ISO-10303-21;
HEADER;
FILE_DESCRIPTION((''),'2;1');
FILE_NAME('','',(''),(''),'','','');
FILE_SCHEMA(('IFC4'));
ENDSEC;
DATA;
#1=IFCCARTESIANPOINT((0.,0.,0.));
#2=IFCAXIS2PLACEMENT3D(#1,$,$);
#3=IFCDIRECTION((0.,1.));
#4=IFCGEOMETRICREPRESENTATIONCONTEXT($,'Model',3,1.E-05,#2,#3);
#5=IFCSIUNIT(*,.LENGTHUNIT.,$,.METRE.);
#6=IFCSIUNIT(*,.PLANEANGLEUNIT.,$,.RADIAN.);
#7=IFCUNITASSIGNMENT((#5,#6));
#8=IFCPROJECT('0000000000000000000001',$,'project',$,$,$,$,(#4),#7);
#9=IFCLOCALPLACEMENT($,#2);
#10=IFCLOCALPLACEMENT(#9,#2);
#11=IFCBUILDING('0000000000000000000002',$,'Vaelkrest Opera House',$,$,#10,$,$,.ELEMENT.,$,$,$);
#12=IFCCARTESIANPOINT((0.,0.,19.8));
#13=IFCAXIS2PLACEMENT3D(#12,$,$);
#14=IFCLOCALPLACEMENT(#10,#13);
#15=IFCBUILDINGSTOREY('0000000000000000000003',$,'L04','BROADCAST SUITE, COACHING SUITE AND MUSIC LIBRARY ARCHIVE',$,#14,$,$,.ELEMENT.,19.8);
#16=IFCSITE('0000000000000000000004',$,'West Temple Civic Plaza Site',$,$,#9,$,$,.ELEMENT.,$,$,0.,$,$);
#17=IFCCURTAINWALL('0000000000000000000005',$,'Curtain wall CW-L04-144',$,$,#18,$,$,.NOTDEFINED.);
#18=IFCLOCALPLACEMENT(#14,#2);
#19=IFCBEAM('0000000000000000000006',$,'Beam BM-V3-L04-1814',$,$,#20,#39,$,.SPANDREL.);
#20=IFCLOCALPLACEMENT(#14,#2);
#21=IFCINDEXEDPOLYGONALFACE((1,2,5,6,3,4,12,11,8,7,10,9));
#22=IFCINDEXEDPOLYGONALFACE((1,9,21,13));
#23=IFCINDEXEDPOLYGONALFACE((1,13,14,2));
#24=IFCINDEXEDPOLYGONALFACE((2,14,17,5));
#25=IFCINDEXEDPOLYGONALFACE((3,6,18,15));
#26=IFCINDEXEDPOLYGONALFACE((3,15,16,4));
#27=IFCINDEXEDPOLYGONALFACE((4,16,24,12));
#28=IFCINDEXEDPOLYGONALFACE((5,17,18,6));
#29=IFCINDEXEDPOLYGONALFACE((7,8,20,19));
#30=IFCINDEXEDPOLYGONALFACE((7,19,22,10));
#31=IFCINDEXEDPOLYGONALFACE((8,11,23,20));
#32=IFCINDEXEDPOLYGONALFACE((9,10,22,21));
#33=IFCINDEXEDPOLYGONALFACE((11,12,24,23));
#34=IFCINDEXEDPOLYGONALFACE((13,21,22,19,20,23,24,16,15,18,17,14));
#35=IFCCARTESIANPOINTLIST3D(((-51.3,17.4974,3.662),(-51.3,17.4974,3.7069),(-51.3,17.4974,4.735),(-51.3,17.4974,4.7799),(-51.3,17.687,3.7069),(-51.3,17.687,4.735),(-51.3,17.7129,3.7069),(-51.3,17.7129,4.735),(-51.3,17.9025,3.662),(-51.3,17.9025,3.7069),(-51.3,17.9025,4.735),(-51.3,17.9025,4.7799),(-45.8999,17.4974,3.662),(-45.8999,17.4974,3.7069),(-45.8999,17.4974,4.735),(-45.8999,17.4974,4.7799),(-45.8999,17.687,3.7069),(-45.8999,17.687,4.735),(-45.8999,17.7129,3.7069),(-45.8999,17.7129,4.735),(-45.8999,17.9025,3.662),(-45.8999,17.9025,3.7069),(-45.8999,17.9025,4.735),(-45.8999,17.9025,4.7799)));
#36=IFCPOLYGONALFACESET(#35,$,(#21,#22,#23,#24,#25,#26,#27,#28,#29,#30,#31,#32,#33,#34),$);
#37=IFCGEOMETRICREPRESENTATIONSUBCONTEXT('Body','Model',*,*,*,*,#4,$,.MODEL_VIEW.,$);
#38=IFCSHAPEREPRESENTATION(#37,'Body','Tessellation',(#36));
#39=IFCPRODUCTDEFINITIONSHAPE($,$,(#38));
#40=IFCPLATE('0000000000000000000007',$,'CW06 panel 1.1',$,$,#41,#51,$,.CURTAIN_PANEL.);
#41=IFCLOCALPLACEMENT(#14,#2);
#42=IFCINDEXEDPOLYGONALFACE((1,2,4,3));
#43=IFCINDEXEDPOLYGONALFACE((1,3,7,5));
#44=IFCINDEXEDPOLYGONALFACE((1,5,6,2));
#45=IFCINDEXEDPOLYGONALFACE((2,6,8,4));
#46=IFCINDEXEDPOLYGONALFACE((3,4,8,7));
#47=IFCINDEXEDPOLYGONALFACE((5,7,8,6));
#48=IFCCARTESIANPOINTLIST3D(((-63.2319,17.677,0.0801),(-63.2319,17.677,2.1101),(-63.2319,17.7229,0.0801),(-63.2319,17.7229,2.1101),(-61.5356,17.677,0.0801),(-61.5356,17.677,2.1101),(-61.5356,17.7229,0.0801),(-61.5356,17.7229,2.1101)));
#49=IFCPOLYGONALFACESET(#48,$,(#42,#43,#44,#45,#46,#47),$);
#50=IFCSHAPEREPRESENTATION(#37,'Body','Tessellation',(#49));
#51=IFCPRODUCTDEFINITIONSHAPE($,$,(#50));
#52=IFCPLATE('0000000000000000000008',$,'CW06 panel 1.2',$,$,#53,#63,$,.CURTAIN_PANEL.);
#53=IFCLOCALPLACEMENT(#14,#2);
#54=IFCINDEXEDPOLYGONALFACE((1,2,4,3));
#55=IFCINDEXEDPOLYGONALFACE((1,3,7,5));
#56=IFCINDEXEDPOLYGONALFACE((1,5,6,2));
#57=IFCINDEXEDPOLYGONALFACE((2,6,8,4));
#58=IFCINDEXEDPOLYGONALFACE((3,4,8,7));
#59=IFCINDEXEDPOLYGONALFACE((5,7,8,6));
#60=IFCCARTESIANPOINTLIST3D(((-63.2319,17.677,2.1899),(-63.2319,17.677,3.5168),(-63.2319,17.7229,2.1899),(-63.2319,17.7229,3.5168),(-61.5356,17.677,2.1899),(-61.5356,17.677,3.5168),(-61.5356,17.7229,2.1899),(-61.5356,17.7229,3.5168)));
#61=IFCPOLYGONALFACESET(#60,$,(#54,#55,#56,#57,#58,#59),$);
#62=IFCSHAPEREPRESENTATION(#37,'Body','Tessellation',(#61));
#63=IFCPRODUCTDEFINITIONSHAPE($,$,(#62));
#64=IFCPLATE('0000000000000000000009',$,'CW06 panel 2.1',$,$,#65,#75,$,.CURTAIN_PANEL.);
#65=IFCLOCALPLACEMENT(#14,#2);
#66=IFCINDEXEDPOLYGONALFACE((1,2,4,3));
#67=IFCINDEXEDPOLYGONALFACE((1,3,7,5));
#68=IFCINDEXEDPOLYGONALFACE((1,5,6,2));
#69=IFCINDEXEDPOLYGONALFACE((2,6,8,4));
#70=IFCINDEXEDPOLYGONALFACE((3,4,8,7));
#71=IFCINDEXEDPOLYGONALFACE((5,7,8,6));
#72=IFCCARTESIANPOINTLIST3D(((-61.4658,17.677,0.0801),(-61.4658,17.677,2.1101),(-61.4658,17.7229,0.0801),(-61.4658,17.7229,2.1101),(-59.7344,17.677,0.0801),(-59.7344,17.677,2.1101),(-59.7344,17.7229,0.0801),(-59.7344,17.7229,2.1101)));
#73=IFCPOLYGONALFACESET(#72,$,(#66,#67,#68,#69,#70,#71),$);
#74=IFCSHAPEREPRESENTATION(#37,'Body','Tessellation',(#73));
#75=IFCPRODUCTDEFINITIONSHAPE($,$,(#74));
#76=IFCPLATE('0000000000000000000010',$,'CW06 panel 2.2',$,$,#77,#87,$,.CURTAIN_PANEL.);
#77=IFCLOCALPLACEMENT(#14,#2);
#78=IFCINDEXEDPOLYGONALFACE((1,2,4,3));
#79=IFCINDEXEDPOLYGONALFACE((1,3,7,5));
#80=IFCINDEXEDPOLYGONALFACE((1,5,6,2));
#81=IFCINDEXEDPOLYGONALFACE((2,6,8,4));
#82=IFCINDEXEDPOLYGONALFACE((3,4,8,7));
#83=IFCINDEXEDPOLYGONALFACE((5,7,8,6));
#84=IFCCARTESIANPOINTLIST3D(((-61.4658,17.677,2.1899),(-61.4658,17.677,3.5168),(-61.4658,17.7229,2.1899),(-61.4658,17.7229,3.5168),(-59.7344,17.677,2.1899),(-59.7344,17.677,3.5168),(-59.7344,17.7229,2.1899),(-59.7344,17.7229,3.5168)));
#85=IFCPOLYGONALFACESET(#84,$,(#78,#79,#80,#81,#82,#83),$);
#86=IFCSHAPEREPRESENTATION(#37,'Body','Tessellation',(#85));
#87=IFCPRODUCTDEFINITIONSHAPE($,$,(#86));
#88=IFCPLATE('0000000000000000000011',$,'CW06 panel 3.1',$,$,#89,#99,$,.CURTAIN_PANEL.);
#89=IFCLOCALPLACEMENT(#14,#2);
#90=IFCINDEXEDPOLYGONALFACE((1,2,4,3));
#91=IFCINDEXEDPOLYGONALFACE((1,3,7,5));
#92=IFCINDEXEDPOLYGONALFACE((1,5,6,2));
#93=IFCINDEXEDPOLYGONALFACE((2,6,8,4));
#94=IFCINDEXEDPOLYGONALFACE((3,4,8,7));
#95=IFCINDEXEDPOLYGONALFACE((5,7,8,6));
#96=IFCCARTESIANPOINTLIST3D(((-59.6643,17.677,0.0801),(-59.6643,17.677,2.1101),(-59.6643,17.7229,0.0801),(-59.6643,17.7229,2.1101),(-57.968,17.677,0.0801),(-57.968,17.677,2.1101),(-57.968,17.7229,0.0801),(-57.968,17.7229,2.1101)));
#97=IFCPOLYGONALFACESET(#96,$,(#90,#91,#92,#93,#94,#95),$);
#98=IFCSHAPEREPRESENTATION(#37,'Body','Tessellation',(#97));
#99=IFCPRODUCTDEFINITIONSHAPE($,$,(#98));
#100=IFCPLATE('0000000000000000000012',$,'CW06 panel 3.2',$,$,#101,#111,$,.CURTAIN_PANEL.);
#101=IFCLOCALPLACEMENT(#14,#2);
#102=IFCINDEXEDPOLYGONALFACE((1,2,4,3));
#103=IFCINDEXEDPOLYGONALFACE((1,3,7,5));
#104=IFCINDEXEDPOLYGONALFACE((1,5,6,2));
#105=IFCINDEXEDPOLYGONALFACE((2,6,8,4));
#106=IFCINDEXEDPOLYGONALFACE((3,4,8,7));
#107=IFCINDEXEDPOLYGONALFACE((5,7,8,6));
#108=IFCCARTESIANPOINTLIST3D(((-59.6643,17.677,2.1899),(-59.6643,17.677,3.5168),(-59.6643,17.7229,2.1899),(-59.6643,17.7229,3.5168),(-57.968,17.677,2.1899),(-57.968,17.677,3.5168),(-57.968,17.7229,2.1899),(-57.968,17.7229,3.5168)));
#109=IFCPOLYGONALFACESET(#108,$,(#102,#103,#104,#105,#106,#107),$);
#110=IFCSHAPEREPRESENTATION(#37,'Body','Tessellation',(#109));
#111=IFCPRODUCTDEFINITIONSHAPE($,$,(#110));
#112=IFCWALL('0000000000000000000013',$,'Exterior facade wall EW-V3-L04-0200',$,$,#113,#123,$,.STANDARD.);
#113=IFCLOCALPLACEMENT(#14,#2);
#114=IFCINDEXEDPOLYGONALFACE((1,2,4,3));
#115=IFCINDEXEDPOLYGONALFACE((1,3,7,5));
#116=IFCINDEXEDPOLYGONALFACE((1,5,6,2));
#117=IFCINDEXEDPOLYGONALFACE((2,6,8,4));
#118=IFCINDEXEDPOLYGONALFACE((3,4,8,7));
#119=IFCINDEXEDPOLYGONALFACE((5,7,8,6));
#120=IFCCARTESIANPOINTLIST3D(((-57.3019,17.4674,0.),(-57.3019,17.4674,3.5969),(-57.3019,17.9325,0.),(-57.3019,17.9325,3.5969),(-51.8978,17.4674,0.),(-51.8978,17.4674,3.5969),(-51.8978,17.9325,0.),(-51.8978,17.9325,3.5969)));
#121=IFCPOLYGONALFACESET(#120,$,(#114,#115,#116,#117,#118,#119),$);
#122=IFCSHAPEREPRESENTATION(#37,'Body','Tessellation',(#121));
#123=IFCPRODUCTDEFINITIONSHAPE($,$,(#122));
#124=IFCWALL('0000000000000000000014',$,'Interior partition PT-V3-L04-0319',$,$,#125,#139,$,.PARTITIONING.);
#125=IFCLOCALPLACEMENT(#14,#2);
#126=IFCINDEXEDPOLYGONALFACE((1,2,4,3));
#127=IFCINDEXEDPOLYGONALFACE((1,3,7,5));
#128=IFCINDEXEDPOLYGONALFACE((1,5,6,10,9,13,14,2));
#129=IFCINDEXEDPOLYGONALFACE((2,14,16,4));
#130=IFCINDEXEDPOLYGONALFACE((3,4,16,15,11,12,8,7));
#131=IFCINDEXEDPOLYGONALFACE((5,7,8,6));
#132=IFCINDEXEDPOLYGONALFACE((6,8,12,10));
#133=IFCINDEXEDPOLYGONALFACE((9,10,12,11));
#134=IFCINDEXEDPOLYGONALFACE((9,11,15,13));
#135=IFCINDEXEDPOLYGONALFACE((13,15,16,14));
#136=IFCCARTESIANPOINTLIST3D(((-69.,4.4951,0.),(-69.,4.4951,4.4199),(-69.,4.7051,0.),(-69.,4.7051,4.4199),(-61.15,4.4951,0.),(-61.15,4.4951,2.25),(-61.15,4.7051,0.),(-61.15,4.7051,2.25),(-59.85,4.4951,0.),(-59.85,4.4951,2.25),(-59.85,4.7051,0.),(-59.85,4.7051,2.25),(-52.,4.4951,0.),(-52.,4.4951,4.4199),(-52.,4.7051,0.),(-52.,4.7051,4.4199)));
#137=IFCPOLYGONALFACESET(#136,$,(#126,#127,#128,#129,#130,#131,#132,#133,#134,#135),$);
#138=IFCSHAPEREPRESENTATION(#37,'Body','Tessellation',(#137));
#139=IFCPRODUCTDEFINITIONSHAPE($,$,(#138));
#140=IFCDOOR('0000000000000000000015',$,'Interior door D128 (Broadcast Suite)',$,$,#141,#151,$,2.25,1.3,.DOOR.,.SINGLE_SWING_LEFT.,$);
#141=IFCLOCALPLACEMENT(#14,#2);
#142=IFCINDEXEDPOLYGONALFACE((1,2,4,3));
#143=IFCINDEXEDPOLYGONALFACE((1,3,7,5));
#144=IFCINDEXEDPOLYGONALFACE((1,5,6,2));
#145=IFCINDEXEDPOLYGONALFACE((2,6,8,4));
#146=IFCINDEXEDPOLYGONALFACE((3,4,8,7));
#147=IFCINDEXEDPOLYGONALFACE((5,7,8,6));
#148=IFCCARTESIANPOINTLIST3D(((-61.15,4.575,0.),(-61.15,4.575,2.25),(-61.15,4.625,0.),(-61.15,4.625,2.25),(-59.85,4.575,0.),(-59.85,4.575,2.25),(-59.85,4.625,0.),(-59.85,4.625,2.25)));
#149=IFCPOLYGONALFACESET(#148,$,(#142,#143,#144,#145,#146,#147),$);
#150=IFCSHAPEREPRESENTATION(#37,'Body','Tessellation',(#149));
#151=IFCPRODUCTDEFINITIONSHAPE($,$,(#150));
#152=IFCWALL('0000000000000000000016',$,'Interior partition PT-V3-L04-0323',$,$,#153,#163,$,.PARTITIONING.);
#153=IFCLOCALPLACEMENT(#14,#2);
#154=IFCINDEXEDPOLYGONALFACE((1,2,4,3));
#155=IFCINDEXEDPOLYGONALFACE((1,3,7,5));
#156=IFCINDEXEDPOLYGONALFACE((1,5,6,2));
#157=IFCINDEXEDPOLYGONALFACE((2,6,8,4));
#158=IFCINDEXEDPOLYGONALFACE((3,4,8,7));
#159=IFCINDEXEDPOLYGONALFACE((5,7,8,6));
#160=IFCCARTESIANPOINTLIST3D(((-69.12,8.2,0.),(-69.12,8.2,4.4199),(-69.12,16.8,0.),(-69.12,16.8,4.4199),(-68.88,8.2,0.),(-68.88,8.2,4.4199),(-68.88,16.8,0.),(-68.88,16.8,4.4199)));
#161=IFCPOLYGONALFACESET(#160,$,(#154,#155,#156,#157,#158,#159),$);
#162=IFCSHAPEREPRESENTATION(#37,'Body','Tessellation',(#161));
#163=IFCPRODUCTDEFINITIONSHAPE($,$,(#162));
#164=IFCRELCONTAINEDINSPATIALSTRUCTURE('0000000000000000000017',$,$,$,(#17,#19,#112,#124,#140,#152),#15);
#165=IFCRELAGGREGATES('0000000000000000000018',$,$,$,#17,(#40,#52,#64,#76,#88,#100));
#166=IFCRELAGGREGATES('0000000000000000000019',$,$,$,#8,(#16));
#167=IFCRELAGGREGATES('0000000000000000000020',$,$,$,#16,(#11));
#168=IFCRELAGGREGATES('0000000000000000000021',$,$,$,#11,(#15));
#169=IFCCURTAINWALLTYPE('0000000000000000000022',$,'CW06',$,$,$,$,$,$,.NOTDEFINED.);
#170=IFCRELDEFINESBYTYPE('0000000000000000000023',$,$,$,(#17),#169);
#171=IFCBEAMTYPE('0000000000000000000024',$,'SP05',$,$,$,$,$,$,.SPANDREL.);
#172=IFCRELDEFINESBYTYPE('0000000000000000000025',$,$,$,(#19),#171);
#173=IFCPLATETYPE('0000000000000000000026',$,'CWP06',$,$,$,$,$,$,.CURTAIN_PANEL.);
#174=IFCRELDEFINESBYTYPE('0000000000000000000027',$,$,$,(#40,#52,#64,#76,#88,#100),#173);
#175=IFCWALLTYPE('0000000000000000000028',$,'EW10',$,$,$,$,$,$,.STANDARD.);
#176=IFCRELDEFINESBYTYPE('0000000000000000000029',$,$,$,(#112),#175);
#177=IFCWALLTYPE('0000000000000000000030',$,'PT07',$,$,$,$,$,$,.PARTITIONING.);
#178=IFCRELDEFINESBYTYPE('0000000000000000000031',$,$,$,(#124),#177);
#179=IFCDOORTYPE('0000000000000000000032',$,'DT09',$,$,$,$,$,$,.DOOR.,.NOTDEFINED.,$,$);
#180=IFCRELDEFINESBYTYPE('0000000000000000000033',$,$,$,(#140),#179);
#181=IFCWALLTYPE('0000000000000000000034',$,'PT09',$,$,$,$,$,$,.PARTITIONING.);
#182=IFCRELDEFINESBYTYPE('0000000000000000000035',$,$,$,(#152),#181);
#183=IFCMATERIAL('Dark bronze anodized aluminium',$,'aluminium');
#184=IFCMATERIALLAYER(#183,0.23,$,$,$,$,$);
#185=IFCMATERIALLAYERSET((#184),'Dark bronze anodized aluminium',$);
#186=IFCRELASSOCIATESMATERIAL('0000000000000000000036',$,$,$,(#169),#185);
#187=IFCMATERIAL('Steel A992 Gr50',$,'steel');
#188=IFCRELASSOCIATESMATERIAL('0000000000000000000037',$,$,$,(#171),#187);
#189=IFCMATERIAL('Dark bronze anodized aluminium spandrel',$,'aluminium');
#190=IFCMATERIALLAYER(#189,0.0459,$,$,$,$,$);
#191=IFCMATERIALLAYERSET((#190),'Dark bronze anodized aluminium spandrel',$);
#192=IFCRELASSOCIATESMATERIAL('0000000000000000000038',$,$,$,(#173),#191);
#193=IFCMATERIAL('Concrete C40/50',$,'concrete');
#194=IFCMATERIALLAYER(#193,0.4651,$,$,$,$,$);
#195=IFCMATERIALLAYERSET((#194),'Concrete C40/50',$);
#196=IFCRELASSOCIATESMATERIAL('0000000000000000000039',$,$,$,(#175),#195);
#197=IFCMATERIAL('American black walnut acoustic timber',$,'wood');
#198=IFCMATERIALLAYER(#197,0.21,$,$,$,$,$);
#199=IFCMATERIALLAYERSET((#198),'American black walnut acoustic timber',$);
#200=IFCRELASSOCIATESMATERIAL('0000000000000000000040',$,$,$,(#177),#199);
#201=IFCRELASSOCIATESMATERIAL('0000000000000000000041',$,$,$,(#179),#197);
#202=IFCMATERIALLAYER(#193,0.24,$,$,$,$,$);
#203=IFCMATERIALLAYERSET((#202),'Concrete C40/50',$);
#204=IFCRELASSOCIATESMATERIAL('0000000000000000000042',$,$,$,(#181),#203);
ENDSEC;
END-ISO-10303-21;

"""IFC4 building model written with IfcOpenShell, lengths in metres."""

from ifc_helpers import new_model, si_unit, direction, frame, frame_2d, origin, origin_2d, place, context, subcontext, project, spatial, rectangle, i_section, extrude, material, layer, layer_set, material_profile, profile_set, type_object, element, fill, aggregate, save


model = new_model("IFC4")

# Units and contexts
model_context = context("Model", 3, precision=1e-05, world=origin(), true_north=direction((0.0, 1.0)))
body_context = subcontext(model_context, "Body", "Model", "MODEL_VIEW")
ifc_project = project(units=[si_unit("LENGTHUNIT", "METRE"), si_unit("PLANEANGLEUNIT", "RADIAN")], contexts=[model_context])

# Site, building, storey
site_placement = place(None, origin())
site = spatial("IfcSite", under=ifc_project, at=site_placement, Name="West Temple Civic Plaza Site", CompositionType="ELEMENT", RefElevation=0.0)
building_placement = place(site_placement, origin())
building = spatial("IfcBuilding", under=site, at=building_placement, Name="Vaelkrest Opera House", CompositionType="ELEMENT")
storey_placement = place(building_placement, frame((0.0, 0.0, 19.8)))
storey = spatial("IfcBuildingStorey", under=building, at=storey_placement, Name="L04", Description="BROADCAST SUITE, COACHING SUITE AND MUSIC LIBRARY ARCHIVE", CompositionType="ELEMENT", Elevation=19.8)

# Curtain wall
ifc_material_1 = material(Name="Dark bronze anodized aluminium", Category="aluminium")
ifc_layer_1 = layer(ifc_material_1, 0.23)
ifc_layer_set_1 = layer_set([ifc_layer_1], Name="Dark bronze anodized aluminium")
curtain_wall_type_1 = type_object("IfcCurtainWallType", Name="CW06", PredefinedType="NOTDEFINED", material=ifc_layer_set_1)
curtain_wall_1_placement = place(storey_placement, origin())
curtain_wall_1 = element("IfcCurtainWall", 1, at=curtain_wall_1_placement, inside=storey, type_object=curtain_wall_type_1, Name="Curtain wall CW-L04-144", PredefinedType="NOTDEFINED")

# Beam
ifc_material_2 = material(Name="Steel A992 Gr50", Category="steel")
ifc_material_profile_1 = material_profile(ifc_material_2, i_section(OverallWidth=0.405, OverallDepth=1.1179, WebThickness=0.0259, FlangeThickness=0.0449, at=origin_2d()), Name="W44X335")
ifc_profile_set_1 = profile_set([ifc_material_profile_1], Name="Steel A992 Gr50")
beam_type = type_object("IfcBeamType", Name="SP05", PredefinedType="SPANDREL", material=ifc_profile_set_1)
for number, where, z_axis, x_axis, name in (
    (2, (-51.3, 17.7, 4.2209), (1.0, 0.0, 0.0), (0.0, 1.0, 0.0), "Beam BM-V3-L04-1814"),
):
    element("IfcBeam", number, at=place(storey_placement, frame(where, z_axis=z_axis, x_axis=x_axis)), inside=storey, type_object=beam_type, Name=name, PredefinedType="SPANDREL", context=body_context, shape_type="SweptSolid", body=[
        extrude(i_section(OverallWidth=0.405, OverallDepth=1.1179, WebThickness=0.0259, FlangeThickness=0.0449, at=origin_2d()), origin(), (0.0, 0.0, 1.0), 5.4001),
    ])

# Plates
ifc_material_3 = material(Name="Dark bronze anodized aluminium spandrel", Category="aluminium")
ifc_layer_2 = layer(ifc_material_3, 0.0459)
ifc_layer_set_2 = layer_set([ifc_layer_2], Name="Dark bronze anodized aluminium spandrel")
plate_type = type_object("IfcPlateType", Name="CWP06", PredefinedType="CURTAIN_PANEL", material=ifc_layer_set_2)
plate_1_placement = place(storey_placement, frame((-62.3838, 17.7, 0.0801), z_axis=(0.0, 0.0, 1.0), x_axis=(1.0, 0.0, 0.0)))
plate_1 = element("IfcPlate", 3, at=plate_1_placement, type_object=plate_type, Name="CW06 panel 1.1", PredefinedType="CURTAIN_PANEL", context=body_context, shape_type="SweptSolid", body=[
    extrude(rectangle(XDim=1.6963, YDim=0.0459, at=origin_2d()), origin(), (0.0, 0.0, 1.0), 2.03),
])
plate_2_placement = place(storey_placement, frame((-62.3838, 17.7, 2.1899), z_axis=(0.0, 0.0, 1.0), x_axis=(1.0, 0.0, 0.0)))
plate_2 = element("IfcPlate", 4, at=plate_2_placement, type_object=plate_type, Name="CW06 panel 1.2", PredefinedType="CURTAIN_PANEL", context=body_context, shape_type="SweptSolid", body=[
    extrude(rectangle(XDim=1.6963, YDim=0.0459, at=origin_2d()), origin(), (0.0, 0.0, 1.0), 1.3269),
])
plate_3_placement = place(storey_placement, frame((-60.6001, 17.7, 0.0801), z_axis=(0.0, 0.0, 1.0), x_axis=(1.0, 0.0, 0.0)))
plate_3 = element("IfcPlate", 5, at=plate_3_placement, type_object=plate_type, Name="CW06 panel 2.1", PredefinedType="CURTAIN_PANEL", context=body_context, shape_type="SweptSolid", body=[
    extrude(rectangle(XDim=1.7314, YDim=0.0459, at=origin_2d()), origin(), (0.0, 0.0, 1.0), 2.03),
])
plate_4_placement = place(storey_placement, frame((-60.6001, 17.7, 2.1899), z_axis=(0.0, 0.0, 1.0), x_axis=(1.0, 0.0, 0.0)))
plate_4 = element("IfcPlate", 6, at=plate_4_placement, type_object=plate_type, Name="CW06 panel 2.2", PredefinedType="CURTAIN_PANEL", context=body_context, shape_type="SweptSolid", body=[
    extrude(rectangle(XDim=1.7314, YDim=0.0459, at=origin_2d()), origin(), (0.0, 0.0, 1.0), 1.3269),
])
plate_5_placement = place(storey_placement, frame((-58.8162, 17.7, 0.0801), z_axis=(0.0, 0.0, 1.0), x_axis=(1.0, 0.0, 0.0)))
plate_5 = element("IfcPlate", 7, at=plate_5_placement, type_object=plate_type, Name="CW06 panel 3.1", PredefinedType="CURTAIN_PANEL", context=body_context, shape_type="SweptSolid", body=[
    extrude(rectangle(XDim=1.6963, YDim=0.0459, at=origin_2d()), origin(), (0.0, 0.0, 1.0), 2.03),
])
plate_6_placement = place(storey_placement, frame((-58.8162, 17.7, 2.1899), z_axis=(0.0, 0.0, 1.0), x_axis=(1.0, 0.0, 0.0)))
plate_6 = element("IfcPlate", 8, at=plate_6_placement, type_object=plate_type, Name="CW06 panel 3.2", PredefinedType="CURTAIN_PANEL", context=body_context, shape_type="SweptSolid", body=[
    extrude(rectangle(XDim=1.6963, YDim=0.0459, at=origin_2d()), origin(), (0.0, 0.0, 1.0), 1.3269),
])
aggregate(curtain_wall_1, [plate_1, plate_2, plate_3, plate_4, plate_5, plate_6])

# Wall
ifc_material_4 = material(Name="Concrete C40/50", Category="concrete")
ifc_layer_3 = layer(ifc_material_4, 0.4651)
ifc_layer_set_3 = layer_set([ifc_layer_3], Name="Concrete C40/50")
wall_type_1 = type_object("IfcWallType", Name="EW10", PredefinedType="STANDARD", material=ifc_layer_set_3)
wall_1_placement = place(storey_placement, frame((-57.302, 17.7, 0.0), z_axis=(0.0, 0.0, 1.0), x_axis=(1.0, 0.0, 0.0)))
element("IfcWall", 9, at=wall_1_placement, inside=storey, type_object=wall_type_1, Name="Exterior facade wall EW-V3-L04-0200", PredefinedType="STANDARD", context=body_context, shape_type="SweptSolid", body=[
    extrude(rectangle(XDim=5.4041, YDim=0.4651, at=frame_2d((2.7021, 0.0))), origin(), (0.0, 0.0, 1.0), 3.5969),
])

# Wall, opening, door
ifc_material_5 = material(Name="American black walnut acoustic timber", Category="wood")
ifc_layer_4 = layer(ifc_material_5, 0.21)
ifc_layer_set_4 = layer_set([ifc_layer_4], Name="American black walnut acoustic timber")
wall_type_2 = type_object("IfcWallType", Name="PT07", PredefinedType="PARTITIONING", material=ifc_layer_set_4)
wall_2_placement = place(storey_placement, frame((-69.0, 4.6001, 0.0), z_axis=(0.0, 0.0, 1.0), x_axis=(1.0, 0.0, 0.0)))
wall_2 = element("IfcWall", 10, at=wall_2_placement, inside=storey, type_object=wall_type_2, Name="Interior partition PT-V3-L04-0319", PredefinedType="PARTITIONING", context=body_context, shape_type="SweptSolid", body=[
    extrude(rectangle(XDim=17.0, YDim=0.21, at=frame_2d((8.5, 0.0))), origin(), (0.0, 0.0, 1.0), 4.4199),
])
opening_1_placement = place(wall_2_placement, frame((7.8501, 0.0, 0.0)))
opening_1 = element("IfcOpeningElement", 11, at=opening_1_placement, cuts=wall_2, PredefinedType="OPENING", context=body_context, shape_type="SweptSolid", body=[
    extrude(rectangle(XDim=1.3, YDim=2.25, at=frame_2d((0.6499, 1.125))), frame((0.0, 0.115, 0.0), z_axis=(0.0, -1.0, 0.0), x_axis=(1.0, 0.0, 0.0)), (0.0, 0.0, 1.0), 0.23),
])
door_type_1 = type_object("IfcDoorType", Name="DT09", OperationType="NOTDEFINED", PredefinedType="DOOR", material=ifc_material_5)
door_1_placement = place(opening_1_placement, origin())
door_1 = element("IfcDoor", 12, at=door_1_placement, inside=storey, type_object=door_type_1, Name="Interior door D128 (Broadcast Suite)", OperationType="SINGLE_SWING_LEFT", OverallHeight=2.25, OverallWidth=1.3, PredefinedType="DOOR", context=body_context, shape_type="SweptSolid", body=[
    extrude(rectangle(XDim=1.3, YDim=2.25, at=frame_2d((0.6499, 1.125))), frame((0.0, 0.0249, 0.0), z_axis=(0.0, -1.0, 0.0), x_axis=(1.0, 0.0, 0.0)), (0.0, 0.0, 1.0), 0.05),
])
fill(opening_1, door_1)

# Wall
ifc_layer_5 = layer(ifc_material_4, 0.24)
ifc_layer_set_5 = layer_set([ifc_layer_5], Name="Concrete C40/50")
wall_type_3 = type_object("IfcWallType", Name="PT09", PredefinedType="PARTITIONING", material=ifc_layer_set_5)
wall_3_placement = place(storey_placement, frame((-69.0, 8.2, 0.0), z_axis=(0.0, 0.0, 1.0), x_axis=(0.0, 1.0, 0.0)))
element("IfcWall", 13, at=wall_3_placement, inside=storey, type_object=wall_type_3, Name="Interior partition PT-V3-L04-0323", PredefinedType="PARTITIONING", context=body_context, shape_type="SweptSolid", body=[
    extrude(rectangle(XDim=8.6001, YDim=0.24, at=frame_2d((4.3, 0.0))), origin(), (0.0, 0.0, 1.0), 4.4199),
])

save(model, "model.ifc")
